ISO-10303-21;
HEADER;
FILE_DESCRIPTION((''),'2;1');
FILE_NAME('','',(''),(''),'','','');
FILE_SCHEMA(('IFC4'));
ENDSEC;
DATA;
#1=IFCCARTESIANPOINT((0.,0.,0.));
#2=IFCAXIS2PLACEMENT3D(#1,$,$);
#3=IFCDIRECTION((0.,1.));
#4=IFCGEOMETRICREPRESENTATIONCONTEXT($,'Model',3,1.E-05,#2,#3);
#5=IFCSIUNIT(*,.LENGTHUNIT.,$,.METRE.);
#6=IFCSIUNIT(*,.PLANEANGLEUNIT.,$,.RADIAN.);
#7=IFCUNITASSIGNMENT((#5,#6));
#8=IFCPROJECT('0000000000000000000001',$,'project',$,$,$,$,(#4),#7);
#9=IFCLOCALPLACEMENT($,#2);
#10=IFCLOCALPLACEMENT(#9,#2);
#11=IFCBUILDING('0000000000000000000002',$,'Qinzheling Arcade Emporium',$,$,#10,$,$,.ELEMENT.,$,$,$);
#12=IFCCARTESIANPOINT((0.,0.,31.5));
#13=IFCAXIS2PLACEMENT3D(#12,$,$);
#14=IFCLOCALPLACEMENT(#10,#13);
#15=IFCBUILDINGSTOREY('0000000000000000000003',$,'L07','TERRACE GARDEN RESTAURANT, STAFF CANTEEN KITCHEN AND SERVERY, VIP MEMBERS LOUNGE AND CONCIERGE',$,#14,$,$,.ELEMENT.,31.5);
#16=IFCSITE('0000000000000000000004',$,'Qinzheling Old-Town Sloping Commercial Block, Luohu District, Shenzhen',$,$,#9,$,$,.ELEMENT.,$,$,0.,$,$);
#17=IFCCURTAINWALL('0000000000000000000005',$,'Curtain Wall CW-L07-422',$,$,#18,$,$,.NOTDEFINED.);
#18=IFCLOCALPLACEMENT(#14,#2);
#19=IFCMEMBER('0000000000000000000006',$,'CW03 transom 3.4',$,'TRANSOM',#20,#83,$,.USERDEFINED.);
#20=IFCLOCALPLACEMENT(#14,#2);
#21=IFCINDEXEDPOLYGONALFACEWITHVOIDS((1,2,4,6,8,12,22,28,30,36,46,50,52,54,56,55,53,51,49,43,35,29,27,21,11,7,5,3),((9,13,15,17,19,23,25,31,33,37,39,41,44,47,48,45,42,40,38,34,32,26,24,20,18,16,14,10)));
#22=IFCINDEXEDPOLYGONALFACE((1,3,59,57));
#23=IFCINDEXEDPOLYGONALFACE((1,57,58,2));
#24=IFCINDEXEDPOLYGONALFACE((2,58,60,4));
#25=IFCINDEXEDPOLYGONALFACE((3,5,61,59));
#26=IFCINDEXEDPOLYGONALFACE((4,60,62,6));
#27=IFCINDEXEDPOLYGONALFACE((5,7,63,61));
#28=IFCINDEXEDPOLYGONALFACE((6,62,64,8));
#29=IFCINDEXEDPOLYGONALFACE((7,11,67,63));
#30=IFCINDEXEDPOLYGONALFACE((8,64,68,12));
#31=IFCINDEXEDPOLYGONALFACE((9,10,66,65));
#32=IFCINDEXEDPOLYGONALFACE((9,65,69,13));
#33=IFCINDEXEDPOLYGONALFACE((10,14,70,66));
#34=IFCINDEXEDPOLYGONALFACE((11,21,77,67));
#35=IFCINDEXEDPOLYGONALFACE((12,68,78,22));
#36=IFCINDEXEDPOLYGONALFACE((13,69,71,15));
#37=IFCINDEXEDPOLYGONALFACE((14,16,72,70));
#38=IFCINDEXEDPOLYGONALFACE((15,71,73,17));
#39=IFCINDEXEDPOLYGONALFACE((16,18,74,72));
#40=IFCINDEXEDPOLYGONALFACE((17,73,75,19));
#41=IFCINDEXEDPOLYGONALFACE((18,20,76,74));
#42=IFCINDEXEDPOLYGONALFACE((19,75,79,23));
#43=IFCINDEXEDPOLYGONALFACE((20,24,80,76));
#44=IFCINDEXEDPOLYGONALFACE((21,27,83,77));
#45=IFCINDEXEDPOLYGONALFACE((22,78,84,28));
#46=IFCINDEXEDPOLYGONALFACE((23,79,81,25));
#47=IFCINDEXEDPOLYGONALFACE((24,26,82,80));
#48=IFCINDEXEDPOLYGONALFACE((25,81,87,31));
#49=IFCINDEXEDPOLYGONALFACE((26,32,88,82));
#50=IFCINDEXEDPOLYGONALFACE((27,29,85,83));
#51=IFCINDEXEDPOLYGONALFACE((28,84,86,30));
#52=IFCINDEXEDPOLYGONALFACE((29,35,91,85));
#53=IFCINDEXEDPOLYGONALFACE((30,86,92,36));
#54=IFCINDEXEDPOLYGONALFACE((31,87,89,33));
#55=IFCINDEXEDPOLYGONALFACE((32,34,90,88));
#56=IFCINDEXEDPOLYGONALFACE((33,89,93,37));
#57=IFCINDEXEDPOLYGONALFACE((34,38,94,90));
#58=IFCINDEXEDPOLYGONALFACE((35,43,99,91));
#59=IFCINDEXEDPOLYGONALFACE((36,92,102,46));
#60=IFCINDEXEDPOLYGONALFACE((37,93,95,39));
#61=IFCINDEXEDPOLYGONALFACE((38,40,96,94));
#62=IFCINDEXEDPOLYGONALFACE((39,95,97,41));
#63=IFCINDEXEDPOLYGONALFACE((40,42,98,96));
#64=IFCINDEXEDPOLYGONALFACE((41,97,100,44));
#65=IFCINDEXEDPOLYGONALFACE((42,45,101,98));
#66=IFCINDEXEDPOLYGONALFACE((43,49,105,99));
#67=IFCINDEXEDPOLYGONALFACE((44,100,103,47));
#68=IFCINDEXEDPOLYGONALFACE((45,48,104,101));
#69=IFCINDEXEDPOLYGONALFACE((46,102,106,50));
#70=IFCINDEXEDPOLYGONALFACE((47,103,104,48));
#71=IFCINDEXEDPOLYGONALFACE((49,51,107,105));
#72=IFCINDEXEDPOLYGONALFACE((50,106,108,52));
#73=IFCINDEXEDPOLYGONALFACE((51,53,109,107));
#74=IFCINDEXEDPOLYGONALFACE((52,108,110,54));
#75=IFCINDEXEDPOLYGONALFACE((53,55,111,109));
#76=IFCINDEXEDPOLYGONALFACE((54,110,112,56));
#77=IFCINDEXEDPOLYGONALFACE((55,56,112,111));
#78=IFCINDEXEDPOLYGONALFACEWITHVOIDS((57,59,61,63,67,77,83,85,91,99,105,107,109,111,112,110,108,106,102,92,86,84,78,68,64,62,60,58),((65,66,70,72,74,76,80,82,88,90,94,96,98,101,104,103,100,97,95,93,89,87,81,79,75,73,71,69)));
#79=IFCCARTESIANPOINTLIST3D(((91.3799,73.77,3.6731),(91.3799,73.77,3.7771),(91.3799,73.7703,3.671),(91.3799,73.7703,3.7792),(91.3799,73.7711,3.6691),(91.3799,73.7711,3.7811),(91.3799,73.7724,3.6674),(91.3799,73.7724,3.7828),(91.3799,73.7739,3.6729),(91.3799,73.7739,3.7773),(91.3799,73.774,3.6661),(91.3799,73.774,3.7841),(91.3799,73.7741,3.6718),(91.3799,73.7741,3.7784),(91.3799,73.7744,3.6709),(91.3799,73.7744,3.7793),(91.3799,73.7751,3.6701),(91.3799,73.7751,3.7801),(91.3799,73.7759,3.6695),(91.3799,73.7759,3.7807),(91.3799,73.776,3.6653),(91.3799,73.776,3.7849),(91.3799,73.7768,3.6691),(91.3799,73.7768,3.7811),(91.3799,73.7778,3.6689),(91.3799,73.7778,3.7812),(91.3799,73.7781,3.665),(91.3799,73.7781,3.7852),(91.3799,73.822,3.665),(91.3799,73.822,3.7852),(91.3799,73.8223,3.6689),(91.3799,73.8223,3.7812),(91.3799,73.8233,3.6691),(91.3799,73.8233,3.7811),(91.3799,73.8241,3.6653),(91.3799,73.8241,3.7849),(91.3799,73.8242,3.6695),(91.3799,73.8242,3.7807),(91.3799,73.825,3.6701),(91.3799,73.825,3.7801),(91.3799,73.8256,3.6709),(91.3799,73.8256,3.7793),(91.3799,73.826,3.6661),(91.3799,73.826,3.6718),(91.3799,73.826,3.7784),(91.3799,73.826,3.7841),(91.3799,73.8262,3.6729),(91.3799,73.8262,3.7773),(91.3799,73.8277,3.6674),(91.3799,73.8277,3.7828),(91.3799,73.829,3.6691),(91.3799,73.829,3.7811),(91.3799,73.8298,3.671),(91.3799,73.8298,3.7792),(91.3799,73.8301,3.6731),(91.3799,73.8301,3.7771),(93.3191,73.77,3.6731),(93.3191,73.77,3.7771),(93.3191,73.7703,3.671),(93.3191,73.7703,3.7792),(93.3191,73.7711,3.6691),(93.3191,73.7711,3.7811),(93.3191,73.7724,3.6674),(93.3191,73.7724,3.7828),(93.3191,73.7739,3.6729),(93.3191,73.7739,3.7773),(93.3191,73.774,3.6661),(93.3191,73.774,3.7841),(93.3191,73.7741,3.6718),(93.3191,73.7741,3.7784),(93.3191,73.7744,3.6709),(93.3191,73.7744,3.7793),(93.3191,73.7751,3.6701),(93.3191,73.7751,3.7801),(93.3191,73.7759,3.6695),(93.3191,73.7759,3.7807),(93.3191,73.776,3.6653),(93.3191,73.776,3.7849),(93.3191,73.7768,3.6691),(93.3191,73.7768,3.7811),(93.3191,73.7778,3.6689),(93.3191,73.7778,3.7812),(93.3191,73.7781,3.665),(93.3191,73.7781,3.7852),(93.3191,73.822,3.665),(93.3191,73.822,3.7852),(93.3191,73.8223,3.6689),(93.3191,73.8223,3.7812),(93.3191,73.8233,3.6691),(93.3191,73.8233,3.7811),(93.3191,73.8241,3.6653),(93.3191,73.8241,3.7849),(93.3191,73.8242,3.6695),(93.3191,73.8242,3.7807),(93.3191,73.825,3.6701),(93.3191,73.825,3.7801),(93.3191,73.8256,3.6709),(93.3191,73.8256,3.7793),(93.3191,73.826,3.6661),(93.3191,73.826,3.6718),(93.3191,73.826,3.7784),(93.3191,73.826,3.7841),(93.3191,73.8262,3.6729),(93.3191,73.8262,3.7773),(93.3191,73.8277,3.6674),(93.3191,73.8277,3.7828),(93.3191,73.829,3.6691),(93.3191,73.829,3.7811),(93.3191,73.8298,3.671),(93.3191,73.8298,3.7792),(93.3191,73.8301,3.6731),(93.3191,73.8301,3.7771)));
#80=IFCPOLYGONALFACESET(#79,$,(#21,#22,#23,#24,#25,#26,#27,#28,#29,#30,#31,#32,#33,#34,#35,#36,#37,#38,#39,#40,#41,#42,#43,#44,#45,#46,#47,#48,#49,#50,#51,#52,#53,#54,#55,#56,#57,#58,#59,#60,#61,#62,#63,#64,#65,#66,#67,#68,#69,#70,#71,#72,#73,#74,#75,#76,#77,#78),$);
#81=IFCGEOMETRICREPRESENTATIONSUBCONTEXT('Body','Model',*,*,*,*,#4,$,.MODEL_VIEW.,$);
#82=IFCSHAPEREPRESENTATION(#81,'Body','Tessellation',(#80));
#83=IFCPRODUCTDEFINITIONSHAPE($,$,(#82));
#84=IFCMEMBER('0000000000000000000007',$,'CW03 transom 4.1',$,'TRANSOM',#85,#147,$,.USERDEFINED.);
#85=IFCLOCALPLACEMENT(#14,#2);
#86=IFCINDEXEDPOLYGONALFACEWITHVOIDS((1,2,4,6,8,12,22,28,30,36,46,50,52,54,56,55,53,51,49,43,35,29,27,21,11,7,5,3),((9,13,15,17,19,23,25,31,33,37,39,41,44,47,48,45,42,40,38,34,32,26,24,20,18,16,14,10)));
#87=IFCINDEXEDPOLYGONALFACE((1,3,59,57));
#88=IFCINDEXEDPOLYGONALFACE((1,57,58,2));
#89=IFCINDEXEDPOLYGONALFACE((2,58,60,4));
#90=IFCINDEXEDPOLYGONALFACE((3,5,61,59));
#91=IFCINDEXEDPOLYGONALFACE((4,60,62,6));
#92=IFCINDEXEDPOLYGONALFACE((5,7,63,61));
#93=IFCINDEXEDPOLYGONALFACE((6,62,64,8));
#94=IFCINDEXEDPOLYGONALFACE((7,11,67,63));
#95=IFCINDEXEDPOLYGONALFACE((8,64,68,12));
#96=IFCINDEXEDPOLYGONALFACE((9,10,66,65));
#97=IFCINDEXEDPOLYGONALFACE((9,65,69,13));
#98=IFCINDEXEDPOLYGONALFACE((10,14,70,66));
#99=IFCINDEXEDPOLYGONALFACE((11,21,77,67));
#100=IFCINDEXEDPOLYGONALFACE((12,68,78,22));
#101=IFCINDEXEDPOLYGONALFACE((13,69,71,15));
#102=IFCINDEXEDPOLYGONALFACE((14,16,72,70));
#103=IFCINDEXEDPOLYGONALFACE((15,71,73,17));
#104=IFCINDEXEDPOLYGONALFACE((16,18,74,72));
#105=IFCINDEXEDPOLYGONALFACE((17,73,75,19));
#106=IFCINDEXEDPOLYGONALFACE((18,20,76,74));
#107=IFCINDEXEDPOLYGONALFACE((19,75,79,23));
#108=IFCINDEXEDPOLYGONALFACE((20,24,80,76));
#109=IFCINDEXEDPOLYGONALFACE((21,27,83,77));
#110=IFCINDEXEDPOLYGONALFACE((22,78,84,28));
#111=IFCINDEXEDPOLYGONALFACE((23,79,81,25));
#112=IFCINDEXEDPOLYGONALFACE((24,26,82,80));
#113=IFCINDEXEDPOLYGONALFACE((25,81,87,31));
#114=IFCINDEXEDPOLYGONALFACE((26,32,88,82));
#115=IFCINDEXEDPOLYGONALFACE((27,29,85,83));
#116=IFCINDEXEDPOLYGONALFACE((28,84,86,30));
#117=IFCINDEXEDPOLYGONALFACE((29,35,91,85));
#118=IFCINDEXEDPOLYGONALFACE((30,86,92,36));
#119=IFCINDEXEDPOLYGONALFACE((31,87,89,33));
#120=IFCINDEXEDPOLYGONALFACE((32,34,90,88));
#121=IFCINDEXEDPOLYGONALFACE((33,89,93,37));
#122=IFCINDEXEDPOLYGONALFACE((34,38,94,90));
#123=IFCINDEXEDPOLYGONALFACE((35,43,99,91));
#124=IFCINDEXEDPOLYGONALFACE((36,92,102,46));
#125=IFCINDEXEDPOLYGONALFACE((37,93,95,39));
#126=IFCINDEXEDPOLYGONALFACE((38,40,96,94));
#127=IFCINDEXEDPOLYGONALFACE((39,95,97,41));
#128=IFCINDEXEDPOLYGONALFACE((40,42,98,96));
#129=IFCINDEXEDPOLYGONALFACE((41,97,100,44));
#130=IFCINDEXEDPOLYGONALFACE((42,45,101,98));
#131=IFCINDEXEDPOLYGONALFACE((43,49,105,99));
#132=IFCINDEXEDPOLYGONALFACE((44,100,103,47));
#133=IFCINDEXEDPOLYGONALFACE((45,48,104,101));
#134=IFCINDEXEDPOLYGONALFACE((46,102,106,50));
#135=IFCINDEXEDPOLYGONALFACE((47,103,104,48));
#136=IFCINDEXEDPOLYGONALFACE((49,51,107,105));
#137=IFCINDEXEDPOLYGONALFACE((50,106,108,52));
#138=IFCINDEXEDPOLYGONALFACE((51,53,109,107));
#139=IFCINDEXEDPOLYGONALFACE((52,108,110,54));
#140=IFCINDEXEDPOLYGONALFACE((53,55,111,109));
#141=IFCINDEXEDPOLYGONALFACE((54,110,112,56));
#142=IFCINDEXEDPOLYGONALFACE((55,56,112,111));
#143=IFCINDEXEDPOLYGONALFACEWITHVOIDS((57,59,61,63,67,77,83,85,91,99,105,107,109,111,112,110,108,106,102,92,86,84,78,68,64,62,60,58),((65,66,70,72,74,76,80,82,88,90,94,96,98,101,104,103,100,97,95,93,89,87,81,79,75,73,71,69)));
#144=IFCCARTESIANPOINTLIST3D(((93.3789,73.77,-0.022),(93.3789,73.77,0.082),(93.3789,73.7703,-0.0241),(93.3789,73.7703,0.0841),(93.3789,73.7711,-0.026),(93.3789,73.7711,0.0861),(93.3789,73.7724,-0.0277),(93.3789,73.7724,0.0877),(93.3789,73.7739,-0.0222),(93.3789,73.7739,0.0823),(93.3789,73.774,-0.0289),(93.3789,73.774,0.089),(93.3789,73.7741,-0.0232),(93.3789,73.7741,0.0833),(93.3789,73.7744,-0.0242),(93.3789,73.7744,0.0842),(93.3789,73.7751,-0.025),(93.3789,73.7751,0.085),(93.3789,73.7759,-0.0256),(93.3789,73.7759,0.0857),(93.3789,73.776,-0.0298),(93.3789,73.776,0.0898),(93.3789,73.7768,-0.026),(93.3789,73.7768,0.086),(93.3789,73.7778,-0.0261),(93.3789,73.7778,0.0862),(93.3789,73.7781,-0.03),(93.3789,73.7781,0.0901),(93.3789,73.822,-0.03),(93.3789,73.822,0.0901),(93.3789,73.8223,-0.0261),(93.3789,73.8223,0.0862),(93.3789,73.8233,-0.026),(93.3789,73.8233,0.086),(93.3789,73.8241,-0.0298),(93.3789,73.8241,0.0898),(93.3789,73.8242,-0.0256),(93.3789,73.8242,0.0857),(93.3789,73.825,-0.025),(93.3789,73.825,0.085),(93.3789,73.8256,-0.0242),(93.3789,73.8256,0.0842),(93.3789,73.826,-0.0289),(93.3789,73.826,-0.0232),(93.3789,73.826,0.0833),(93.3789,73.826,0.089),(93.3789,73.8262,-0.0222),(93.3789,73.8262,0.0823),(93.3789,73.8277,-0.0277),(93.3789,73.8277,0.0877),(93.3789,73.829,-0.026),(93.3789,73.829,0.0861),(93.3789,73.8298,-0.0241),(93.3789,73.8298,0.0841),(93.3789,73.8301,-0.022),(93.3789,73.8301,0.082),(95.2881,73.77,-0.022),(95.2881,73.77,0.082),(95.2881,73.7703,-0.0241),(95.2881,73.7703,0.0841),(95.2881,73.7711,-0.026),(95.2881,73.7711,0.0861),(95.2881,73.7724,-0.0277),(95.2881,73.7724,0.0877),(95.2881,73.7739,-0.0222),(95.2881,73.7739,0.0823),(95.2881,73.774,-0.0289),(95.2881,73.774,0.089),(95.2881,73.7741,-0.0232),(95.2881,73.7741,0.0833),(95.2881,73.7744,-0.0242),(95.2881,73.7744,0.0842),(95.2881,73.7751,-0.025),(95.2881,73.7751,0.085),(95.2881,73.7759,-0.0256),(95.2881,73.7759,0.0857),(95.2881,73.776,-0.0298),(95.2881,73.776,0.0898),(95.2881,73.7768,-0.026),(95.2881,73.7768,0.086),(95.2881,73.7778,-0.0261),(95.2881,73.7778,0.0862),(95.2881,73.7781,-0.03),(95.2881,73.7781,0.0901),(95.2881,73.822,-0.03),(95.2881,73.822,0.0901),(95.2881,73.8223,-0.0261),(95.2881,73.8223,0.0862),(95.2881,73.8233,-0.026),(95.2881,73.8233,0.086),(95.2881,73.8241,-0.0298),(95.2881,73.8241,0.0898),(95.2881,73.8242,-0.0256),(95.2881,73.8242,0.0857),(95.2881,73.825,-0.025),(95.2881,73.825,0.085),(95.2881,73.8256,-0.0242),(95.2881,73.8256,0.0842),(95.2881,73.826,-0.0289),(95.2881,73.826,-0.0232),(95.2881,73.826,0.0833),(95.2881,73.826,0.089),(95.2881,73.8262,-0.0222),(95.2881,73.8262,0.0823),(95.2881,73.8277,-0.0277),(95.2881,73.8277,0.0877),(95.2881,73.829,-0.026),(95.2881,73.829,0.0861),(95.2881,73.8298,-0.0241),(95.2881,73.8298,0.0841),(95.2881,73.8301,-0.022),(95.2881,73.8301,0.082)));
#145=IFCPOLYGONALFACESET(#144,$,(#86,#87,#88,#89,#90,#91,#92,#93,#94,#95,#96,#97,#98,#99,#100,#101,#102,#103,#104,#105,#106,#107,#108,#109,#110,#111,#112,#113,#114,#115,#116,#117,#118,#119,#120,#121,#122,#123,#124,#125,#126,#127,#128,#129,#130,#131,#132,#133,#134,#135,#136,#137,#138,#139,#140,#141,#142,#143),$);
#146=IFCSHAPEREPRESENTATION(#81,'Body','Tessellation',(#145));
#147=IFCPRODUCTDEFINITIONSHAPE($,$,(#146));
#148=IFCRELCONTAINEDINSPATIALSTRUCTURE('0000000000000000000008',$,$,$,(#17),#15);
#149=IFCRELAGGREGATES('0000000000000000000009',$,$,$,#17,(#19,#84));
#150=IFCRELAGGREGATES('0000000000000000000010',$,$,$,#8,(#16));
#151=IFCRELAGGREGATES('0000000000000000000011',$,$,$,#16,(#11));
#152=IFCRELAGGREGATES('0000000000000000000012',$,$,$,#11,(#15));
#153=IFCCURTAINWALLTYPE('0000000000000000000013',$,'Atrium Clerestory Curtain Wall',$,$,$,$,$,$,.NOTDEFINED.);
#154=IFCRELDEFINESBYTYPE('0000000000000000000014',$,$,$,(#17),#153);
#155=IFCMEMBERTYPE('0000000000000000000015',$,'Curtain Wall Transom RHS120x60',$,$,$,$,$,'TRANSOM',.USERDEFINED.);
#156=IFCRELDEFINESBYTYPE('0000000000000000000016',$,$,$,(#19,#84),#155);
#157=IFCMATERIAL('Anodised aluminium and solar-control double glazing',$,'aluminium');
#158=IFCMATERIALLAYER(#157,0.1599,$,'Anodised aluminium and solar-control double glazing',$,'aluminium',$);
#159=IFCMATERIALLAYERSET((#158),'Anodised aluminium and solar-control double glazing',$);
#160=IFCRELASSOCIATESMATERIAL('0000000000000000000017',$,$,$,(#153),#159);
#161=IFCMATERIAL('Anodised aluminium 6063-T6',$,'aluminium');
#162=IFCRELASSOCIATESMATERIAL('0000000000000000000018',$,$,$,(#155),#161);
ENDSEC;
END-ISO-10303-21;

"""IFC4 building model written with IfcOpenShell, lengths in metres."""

from ifc_helpers import new_model, si_unit, direction, frame, origin, origin_2d, place, context, subcontext, project, spatial, hollow_rectangle, extrude, material, layer, layer_set, material_profile, profile_set, type_object, element, aggregate, save


model = new_model("IFC4")

# Units and contexts
model_context = context("Model", 3, precision=1e-05, world=origin(), true_north=direction((0.0, 1.0)))
body_context = subcontext(model_context, "Body", "Model", "MODEL_VIEW")
ifc_project = project(units=[si_unit("LENGTHUNIT", "METRE"), si_unit("PLANEANGLEUNIT", "RADIAN")], contexts=[model_context])

# Site, building, storey
site_placement = place(None, origin())
site = spatial("IfcSite", under=ifc_project, at=site_placement, Name="Qinzheling Old-Town Sloping Commercial Block, Luohu District, Shenzhen", CompositionType="ELEMENT", RefElevation=0.0)
building_placement = place(site_placement, origin())
building = spatial("IfcBuilding", under=site, at=building_placement, Name="Qinzheling Arcade Emporium", CompositionType="ELEMENT")
storey_placement = place(building_placement, frame((0.0, 0.0, 31.5)))
storey = spatial("IfcBuildingStorey", under=building, at=storey_placement, Name="L07", Description="TERRACE GARDEN RESTAURANT, STAFF CANTEEN KITCHEN AND SERVERY, VIP MEMBERS LOUNGE AND CONCIERGE", CompositionType="ELEMENT", Elevation=31.5)

# Curtain wall
ifc_material_1 = material(Name="Anodised aluminium and solar-control double glazing", Category="aluminium")
ifc_layer_1 = layer(ifc_material_1, 0.1599, Name="Anodised aluminium and solar-control double glazing", Category="aluminium")
ifc_layer_set_1 = layer_set([ifc_layer_1], Name="Anodised aluminium and solar-control double glazing")
curtain_wall_type = type_object("IfcCurtainWallType", Name="Atrium Clerestory Curtain Wall", PredefinedType="NOTDEFINED", material=ifc_layer_set_1)
curtain_wall_1_placement = place(storey_placement, origin())
curtain_wall_1 = element("IfcCurtainWall", 1, at=curtain_wall_1_placement, inside=storey, type_object=curtain_wall_type, Name="Curtain Wall CW-L07-422", PredefinedType="NOTDEFINED")
ifc_material_2 = material(Name="Anodised aluminium 6063-T6", Category="aluminium")

# Members
ifc_material_profile_1 = material_profile(ifc_material_2, hollow_rectangle(XDim=0.0601, YDim=0.1201, WallThickness=0.0039, InnerFilletRadius=0.0039, OuterFilletRadius=0.0081, at=origin_2d()), Name="RHS 120x60x4", Category="aluminium")
ifc_profile_set_1 = profile_set([ifc_material_profile_1], Name="Anodised aluminium 6063-T6")
member_type_1 = type_object("IfcMemberType", Name="Curtain Wall Transom RHS120x60", ElementType="TRANSOM", PredefinedType="USERDEFINED", material=ifc_profile_set_1)
member_1_placement = place(storey_placement, frame((91.3799, 73.8, 3.7251), z_axis=(1.0, 0.0, 0.0), x_axis=(0.0, 1.0, 0.0)))
member_1 = element("IfcMember", 2, at=member_1_placement, type_object=member_type_1, Name="CW03 transom 3.4", ObjectType="TRANSOM", PredefinedType="USERDEFINED", context=body_context, shape_type="SweptSolid", body=[
    extrude(hollow_rectangle(XDim=0.0601, YDim=0.1201, WallThickness=0.0039, InnerFilletRadius=0.0039, OuterFilletRadius=0.0081, at=origin_2d()), origin(), (0.0, 0.0, 1.0), 1.9392),
])
member_2_placement = place(storey_placement, frame((93.3789, 73.8, 0.03), z_axis=(1.0, 0.0, 0.0), x_axis=(0.0, 1.0, 0.0)))
member_2 = element("IfcMember", 3, at=member_2_placement, type_object=member_type_1, Name="CW03 transom 4.1", ObjectType="TRANSOM", PredefinedType="USERDEFINED", context=body_context, shape_type="SweptSolid", body=[
    extrude(hollow_rectangle(XDim=0.0601, YDim=0.1201, WallThickness=0.0039, InnerFilletRadius=0.0039, OuterFilletRadius=0.0081, at=origin_2d()), origin(), (0.0, 0.0, 1.0), 1.9092),
])

aggregate(curtain_wall_1, [member_1, member_2])

save(model, "model.ifc")
